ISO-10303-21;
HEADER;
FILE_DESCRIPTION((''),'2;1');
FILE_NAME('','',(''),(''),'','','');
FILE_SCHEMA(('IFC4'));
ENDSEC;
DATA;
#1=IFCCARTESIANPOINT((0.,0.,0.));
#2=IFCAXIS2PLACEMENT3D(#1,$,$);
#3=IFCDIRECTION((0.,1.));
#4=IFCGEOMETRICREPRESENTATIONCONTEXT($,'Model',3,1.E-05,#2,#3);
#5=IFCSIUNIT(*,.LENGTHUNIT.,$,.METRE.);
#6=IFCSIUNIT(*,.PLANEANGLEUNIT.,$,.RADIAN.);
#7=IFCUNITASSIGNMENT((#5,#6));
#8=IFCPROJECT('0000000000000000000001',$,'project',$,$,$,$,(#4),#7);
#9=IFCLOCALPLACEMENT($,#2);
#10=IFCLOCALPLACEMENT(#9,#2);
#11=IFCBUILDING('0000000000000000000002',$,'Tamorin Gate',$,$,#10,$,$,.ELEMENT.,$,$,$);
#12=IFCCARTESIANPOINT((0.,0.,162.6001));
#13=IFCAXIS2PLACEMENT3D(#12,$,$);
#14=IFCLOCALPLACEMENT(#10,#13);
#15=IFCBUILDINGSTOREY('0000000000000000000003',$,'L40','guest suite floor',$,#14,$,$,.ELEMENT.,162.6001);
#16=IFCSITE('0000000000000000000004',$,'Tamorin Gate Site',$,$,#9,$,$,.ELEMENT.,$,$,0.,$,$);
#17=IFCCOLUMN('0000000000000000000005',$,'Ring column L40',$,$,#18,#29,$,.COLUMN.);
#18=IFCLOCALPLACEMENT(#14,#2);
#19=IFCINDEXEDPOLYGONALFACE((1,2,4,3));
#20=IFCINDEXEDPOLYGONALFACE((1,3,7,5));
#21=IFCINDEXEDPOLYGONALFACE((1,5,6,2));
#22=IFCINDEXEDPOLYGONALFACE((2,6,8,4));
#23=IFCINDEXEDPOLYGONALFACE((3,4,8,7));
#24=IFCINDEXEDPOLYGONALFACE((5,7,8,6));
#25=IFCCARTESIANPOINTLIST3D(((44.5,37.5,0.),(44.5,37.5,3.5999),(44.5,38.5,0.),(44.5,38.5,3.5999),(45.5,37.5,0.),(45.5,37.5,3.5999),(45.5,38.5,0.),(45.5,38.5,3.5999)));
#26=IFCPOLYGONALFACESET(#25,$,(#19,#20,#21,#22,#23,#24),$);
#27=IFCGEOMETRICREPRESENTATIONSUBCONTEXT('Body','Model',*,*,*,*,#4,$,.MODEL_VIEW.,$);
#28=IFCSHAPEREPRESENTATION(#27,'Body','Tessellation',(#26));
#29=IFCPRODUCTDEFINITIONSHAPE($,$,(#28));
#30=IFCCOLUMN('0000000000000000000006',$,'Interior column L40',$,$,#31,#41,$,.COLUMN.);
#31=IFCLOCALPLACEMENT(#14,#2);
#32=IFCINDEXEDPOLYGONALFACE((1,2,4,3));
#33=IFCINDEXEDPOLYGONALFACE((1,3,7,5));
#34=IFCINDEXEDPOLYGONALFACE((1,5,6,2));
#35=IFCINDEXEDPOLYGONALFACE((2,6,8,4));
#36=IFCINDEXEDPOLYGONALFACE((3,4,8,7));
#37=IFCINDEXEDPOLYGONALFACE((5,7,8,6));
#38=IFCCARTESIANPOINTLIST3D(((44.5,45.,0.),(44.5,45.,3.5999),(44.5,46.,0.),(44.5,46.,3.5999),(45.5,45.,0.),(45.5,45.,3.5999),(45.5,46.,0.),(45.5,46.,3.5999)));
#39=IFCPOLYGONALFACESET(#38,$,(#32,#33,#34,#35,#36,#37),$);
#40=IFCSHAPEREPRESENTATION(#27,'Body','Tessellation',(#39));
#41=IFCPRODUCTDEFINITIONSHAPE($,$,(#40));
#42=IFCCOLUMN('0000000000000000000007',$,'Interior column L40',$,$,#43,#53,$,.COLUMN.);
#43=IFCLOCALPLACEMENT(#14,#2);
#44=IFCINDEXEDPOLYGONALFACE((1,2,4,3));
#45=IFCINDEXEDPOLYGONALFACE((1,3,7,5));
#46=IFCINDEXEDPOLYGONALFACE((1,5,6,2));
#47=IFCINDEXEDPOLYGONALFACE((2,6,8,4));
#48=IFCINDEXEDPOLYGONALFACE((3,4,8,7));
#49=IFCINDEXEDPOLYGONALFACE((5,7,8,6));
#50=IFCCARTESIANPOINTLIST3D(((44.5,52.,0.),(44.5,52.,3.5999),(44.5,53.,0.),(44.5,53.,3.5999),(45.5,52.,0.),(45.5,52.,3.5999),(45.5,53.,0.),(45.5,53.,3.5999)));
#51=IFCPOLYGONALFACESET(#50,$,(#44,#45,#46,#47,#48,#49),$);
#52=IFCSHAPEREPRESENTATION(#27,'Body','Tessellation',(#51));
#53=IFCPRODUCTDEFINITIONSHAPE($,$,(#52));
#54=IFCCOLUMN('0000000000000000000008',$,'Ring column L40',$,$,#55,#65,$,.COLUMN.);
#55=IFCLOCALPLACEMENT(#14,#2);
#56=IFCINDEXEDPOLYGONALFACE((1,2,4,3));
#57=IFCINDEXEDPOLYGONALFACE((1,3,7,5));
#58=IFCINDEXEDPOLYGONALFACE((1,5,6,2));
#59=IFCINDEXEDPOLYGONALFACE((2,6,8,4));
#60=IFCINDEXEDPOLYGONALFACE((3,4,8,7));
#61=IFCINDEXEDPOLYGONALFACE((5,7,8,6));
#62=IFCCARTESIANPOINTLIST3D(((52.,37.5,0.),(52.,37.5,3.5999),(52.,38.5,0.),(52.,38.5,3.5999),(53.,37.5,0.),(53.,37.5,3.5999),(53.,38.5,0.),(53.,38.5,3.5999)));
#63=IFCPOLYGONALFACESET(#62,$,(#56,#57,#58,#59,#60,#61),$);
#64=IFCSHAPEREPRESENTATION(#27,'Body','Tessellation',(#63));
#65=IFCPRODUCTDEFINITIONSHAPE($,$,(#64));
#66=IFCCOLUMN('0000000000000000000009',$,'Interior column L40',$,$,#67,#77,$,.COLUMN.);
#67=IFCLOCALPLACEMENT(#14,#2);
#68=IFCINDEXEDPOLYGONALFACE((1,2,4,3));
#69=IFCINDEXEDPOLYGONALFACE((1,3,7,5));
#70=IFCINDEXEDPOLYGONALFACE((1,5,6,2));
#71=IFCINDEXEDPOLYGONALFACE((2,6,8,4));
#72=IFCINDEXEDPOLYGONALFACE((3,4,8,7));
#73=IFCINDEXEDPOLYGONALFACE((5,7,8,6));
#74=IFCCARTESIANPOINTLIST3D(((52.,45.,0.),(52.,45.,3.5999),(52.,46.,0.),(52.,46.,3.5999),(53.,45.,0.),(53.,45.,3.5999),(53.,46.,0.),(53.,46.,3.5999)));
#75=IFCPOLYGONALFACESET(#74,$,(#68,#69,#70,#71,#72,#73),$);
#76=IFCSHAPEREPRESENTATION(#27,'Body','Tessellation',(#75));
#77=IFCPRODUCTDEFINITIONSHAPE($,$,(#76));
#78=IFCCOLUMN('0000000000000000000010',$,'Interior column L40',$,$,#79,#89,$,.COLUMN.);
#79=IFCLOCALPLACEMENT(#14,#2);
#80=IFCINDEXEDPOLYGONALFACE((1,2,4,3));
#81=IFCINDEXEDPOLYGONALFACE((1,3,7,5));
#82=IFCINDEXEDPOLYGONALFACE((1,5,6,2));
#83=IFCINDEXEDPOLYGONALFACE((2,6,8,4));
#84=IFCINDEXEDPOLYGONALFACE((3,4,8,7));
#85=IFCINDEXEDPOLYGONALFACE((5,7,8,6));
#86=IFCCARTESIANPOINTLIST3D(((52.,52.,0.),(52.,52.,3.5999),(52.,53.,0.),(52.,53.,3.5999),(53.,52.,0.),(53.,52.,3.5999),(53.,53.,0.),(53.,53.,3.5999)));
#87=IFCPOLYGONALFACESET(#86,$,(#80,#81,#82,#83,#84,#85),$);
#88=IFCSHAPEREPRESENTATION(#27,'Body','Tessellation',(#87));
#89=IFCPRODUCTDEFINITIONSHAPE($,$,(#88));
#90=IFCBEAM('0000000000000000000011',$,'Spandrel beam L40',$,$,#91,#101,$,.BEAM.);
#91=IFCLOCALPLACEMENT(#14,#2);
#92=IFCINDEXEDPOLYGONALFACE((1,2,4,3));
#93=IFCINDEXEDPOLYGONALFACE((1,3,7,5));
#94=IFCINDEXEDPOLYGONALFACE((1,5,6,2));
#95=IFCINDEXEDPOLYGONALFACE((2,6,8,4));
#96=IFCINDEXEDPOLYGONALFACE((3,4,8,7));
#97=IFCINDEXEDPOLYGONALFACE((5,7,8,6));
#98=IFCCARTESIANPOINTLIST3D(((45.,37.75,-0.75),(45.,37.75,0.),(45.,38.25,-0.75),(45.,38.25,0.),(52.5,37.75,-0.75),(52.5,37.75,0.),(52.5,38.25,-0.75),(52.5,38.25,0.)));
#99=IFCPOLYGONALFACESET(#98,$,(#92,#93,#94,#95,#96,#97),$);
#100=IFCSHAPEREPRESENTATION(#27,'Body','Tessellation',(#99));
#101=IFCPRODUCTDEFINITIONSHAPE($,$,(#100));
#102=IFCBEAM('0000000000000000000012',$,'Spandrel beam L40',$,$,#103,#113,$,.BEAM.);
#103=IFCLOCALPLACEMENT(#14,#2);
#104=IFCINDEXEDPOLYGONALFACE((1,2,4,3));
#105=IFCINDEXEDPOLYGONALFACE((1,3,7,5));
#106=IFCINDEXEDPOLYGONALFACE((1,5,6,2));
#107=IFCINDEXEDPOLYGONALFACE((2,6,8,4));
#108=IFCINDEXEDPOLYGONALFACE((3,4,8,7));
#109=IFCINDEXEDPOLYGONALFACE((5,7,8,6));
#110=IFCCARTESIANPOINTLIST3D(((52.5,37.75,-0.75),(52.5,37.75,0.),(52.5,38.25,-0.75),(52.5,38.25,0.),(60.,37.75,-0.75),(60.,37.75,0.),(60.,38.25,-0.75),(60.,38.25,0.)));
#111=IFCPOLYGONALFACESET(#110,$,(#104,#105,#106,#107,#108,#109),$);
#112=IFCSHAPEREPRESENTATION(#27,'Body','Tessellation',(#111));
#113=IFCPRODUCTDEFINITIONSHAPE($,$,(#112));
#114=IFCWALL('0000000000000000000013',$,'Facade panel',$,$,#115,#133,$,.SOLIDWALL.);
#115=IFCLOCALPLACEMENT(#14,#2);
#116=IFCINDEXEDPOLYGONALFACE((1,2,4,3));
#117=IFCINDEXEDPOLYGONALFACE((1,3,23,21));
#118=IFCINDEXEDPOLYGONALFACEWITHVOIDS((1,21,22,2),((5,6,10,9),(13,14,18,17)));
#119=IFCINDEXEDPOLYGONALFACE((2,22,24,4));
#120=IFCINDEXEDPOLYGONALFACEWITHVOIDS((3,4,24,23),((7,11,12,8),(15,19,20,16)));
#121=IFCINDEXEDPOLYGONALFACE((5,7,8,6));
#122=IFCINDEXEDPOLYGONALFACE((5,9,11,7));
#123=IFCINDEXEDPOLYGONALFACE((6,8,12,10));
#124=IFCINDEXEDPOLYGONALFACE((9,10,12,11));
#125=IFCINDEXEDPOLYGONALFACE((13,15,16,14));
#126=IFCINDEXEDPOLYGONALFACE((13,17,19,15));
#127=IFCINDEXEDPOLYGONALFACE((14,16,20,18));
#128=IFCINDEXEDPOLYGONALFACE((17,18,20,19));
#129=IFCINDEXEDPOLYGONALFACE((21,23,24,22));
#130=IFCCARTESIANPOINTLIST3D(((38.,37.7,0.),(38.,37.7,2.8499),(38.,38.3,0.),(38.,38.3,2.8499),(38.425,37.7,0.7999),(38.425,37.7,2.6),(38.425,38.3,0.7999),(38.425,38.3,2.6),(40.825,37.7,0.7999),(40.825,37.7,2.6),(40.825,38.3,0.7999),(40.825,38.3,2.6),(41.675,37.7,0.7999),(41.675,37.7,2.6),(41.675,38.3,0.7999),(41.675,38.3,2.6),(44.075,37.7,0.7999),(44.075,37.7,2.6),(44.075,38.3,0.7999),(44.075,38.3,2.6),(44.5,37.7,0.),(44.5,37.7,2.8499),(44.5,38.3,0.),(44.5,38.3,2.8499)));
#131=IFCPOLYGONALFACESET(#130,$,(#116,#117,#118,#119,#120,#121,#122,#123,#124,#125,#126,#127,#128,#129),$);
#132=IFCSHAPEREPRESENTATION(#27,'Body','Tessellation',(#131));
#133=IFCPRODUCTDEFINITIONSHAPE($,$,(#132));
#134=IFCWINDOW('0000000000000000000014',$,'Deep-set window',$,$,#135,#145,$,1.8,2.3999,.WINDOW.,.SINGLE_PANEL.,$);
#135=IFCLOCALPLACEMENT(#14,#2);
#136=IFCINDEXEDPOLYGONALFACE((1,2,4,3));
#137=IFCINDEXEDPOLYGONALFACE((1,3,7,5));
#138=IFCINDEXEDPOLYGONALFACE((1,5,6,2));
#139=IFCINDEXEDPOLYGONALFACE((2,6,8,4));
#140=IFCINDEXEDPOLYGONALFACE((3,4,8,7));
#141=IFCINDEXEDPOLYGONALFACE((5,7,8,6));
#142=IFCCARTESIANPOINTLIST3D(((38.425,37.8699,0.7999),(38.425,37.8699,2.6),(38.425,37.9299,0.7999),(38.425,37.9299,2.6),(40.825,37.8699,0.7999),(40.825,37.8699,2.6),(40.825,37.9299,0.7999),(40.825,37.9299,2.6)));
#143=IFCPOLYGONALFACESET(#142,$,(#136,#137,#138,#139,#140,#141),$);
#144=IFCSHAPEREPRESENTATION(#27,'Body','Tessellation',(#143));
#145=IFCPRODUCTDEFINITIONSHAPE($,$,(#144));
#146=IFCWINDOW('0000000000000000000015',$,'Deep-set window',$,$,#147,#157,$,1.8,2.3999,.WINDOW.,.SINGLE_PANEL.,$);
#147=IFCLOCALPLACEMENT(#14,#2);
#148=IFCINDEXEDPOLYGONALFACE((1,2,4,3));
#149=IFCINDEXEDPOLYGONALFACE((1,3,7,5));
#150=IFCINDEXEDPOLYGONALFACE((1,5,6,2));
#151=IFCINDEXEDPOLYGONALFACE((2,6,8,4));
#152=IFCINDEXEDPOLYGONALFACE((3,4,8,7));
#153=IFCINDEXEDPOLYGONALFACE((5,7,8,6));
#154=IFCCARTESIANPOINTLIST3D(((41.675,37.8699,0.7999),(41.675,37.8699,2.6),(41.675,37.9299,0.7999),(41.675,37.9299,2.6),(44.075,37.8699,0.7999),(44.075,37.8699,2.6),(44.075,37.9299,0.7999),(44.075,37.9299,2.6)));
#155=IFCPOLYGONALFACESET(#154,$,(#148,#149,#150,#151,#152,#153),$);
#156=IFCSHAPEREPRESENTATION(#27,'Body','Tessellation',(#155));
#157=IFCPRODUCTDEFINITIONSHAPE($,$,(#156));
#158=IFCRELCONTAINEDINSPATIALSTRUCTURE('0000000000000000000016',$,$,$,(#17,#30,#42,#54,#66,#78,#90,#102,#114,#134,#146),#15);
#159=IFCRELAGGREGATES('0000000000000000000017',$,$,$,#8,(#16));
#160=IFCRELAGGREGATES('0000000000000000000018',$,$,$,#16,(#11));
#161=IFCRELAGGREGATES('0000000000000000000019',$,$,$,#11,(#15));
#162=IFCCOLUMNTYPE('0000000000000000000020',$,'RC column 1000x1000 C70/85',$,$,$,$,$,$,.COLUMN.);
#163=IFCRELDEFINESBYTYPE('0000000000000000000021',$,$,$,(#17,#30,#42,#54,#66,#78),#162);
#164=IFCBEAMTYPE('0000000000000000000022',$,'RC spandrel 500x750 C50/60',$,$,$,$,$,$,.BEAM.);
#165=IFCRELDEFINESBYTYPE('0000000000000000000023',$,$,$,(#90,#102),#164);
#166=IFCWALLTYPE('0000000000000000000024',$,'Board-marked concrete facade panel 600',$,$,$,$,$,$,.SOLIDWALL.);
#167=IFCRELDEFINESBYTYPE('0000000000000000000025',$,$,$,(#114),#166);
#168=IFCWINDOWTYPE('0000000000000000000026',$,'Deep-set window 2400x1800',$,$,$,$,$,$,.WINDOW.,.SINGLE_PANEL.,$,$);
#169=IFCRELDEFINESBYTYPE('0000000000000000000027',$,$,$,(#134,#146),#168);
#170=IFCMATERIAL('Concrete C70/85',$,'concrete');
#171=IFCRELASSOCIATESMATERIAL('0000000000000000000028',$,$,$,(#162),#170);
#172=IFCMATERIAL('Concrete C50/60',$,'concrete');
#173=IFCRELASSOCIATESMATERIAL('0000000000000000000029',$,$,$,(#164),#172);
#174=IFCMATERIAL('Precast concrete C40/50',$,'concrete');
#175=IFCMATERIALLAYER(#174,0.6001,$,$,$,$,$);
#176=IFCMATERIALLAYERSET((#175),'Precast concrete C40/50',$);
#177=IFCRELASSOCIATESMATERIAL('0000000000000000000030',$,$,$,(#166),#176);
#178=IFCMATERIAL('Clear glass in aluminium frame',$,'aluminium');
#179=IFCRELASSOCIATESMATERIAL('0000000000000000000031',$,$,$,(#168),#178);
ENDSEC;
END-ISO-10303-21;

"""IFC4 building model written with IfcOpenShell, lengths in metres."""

from ifc_helpers import new_model, si_unit, direction, frame, frame_2d, origin, origin_2d, place, context, subcontext, project, spatial, rectangle, extrude, material, layer, layer_set, material_profile, profile_set, type_object, element, fill, save


model = new_model("IFC4")

# Units and contexts
model_context = context("Model", 3, precision=1e-05, world=origin(), true_north=direction((0.0, 1.0)))
body_context = subcontext(model_context, "Body", "Model", "MODEL_VIEW")
ifc_project = project(units=[si_unit("LENGTHUNIT", "METRE"), si_unit("PLANEANGLEUNIT", "RADIAN")], contexts=[model_context])

# Site, building, storey
site_placement = place(None, origin())
site = spatial("IfcSite", under=ifc_project, at=site_placement, Name="Tamorin Gate Site", CompositionType="ELEMENT", RefElevation=0.0)
building_placement = place(site_placement, origin())
building = spatial("IfcBuilding", under=site, at=building_placement, Name="Tamorin Gate", CompositionType="ELEMENT")
storey_placement = place(building_placement, frame((0.0, 0.0, 162.6001)))
storey = spatial("IfcBuildingStorey", under=building, at=storey_placement, Name="L40", Description="guest suite floor", CompositionType="ELEMENT", Elevation=162.6001)

# Columns
ifc_material_1 = material(Name="Concrete C70/85", Category="concrete")
ifc_material_profile_1 = material_profile(ifc_material_1, rectangle(XDim=1.0, YDim=1.0, at=origin_2d()), Name="RC 1000x1000")
ifc_profile_set_1 = profile_set([ifc_material_profile_1], Name="Concrete C70/85")
column_type = type_object("IfcColumnType", Name="RC column 1000x1000 C70/85", PredefinedType="COLUMN", material=ifc_profile_set_1)
for number, where, z_axis, x_axis, name in (
    (1, (45.0, 38.0, 0.0), (0.0, 0.0, 1.0), (1.0, 0.0, 0.0), "Ring column L40"),
    (2, (45.0, 45.5, 0.0), (0.0, 0.0, 1.0), (1.0, 0.0, 0.0), "Interior column L40"),
    (3, (45.0, 52.5, 0.0), (0.0, 0.0, 1.0), (1.0, 0.0, 0.0), "Interior column L40"),
    (4, (52.5, 38.0, 0.0), (0.0, 0.0, 1.0), (1.0, 0.0, 0.0), "Ring column L40"),
    (5, (52.5, 45.5, 0.0), (0.0, 0.0, 1.0), (1.0, 0.0, 0.0), "Interior column L40"),
    (6, (52.5, 52.5, 0.0), (0.0, 0.0, 1.0), (1.0, 0.0, 0.0), "Interior column L40"),
):
    element("IfcColumn", number, at=place(storey_placement, frame(where, z_axis=z_axis, x_axis=x_axis)), inside=storey, type_object=column_type, Name=name, PredefinedType="COLUMN", context=body_context, shape_type="SweptSolid", body=[
        extrude(rectangle(XDim=1.0, YDim=1.0, at=origin_2d()), origin(), (0.0, 0.0, 1.0), 3.5999),
    ])

# Beams
ifc_material_2 = material(Name="Concrete C50/60", Category="concrete")
ifc_material_profile_2 = material_profile(ifc_material_2, rectangle(XDim=0.5, YDim=0.75, at=origin_2d()), Name="RC 500x750")
ifc_profile_set_2 = profile_set([ifc_material_profile_2], Name="Concrete C50/60")
beam_type = type_object("IfcBeamType", Name="RC spandrel 500x750 C50/60", PredefinedType="BEAM", material=ifc_profile_set_2)
for number, where, z_axis, x_axis, name in (
    (7, (45.0, 38.0, -0.375), (1.0, 0.0, 0.0), (0.0, 1.0, 0.0), "Spandrel beam L40"),
    (8, (52.5, 38.0, -0.375), (1.0, 0.0, 0.0), (0.0, 1.0, 0.0), "Spandrel beam L40"),
):
    element("IfcBeam", number, at=place(storey_placement, frame(where, z_axis=z_axis, x_axis=x_axis)), inside=storey, type_object=beam_type, Name=name, PredefinedType="BEAM", context=body_context, shape_type="SweptSolid", body=[
        extrude(rectangle(XDim=0.5, YDim=0.75, at=origin_2d()), origin(), (0.0, 0.0, 1.0), 7.5),
    ])

# Wall, openings, windows
ifc_material_3 = material(Name="Precast concrete C40/50", Category="concrete")
ifc_layer_1 = layer(ifc_material_3, 0.6001)
ifc_layer_set_1 = layer_set([ifc_layer_1], Name="Precast concrete C40/50")
wall_type_1 = type_object("IfcWallType", Name="Board-marked concrete facade panel 600", PredefinedType="SOLIDWALL", material=ifc_layer_set_1)
wall_1_placement = place(storey_placement, frame((38.0, 38.0, 0.0), z_axis=(0.0, 0.0, 1.0), x_axis=(1.0, 0.0, 0.0)))
wall_1 = element("IfcWall", 9, at=wall_1_placement, inside=storey, type_object=wall_type_1, Name="Facade panel", PredefinedType="SOLIDWALL", context=body_context, shape_type="SweptSolid", body=[
    extrude(rectangle(XDim=6.5, YDim=0.6001, at=frame_2d((3.25, 0.0))), origin(), (0.0, 0.0, 1.0), 2.8499),
])
opening_1_placement = place(wall_1_placement, frame((0.425, 0.0, 0.8)))
opening_1 = element("IfcOpeningElement", 10, at=opening_1_placement, cuts=wall_1, PredefinedType="OPENING", context=body_context, shape_type="SweptSolid", body=[
    extrude(rectangle(XDim=2.3999, YDim=1.8, at=frame_2d((1.2, 0.8999))), frame((0.0, 0.3101, 0.0), z_axis=(0.0, -1.0, 0.0), x_axis=(1.0, 0.0, 0.0)), (0.0, 0.0, 1.0), 0.6201),
])
opening_2_placement = place(wall_1_placement, frame((3.675, 0.0, 0.8)))
opening_2 = element("IfcOpeningElement", 11, at=opening_2_placement, cuts=wall_1, PredefinedType="OPENING", context=body_context, shape_type="SweptSolid", body=[
    extrude(rectangle(XDim=2.3999, YDim=1.8, at=frame_2d((1.2, 0.8999))), frame((0.0, 0.3101, 0.0), z_axis=(0.0, -1.0, 0.0), x_axis=(1.0, 0.0, 0.0)), (0.0, 0.0, 1.0), 0.6201),
])
ifc_material_4 = material(Name="Clear glass in aluminium frame", Category="aluminium")
window_type = type_object("IfcWindowType", Name="Deep-set window 2400x1800", PartitioningType="SINGLE_PANEL", PredefinedType="WINDOW", material=ifc_material_4)
window_1_placement = place(opening_1_placement, origin())
window_1 = element("IfcWindow", 12, at=window_1_placement, inside=storey, type_object=window_type, Name="Deep-set window", OverallHeight=1.8, OverallWidth=2.3999, PartitioningType="SINGLE_PANEL", PredefinedType="WINDOW", context=body_context, shape_type="SweptSolid", body=[
    extrude(rectangle(XDim=2.3999, YDim=1.8, at=frame_2d((1.2, 0.8999))), frame((0.0, -0.0701, 0.0), z_axis=(0.0, -1.0, 0.0), x_axis=(1.0, 0.0, 0.0)), (0.0, 0.0, 1.0), 0.0601),
])
fill(opening_1, window_1)
window_2_placement = place(opening_2_placement, origin())
window_2 = element("IfcWindow", 13, at=window_2_placement, inside=storey, type_object=window_type, Name="Deep-set window", OverallHeight=1.8, OverallWidth=2.3999, PartitioningType="SINGLE_PANEL", PredefinedType="WINDOW", context=body_context, shape_type="SweptSolid", body=[
    extrude(rectangle(XDim=2.3999, YDim=1.8, at=frame_2d((1.2, 0.8999))), frame((0.0, -0.0701, 0.0), z_axis=(0.0, -1.0, 0.0), x_axis=(1.0, 0.0, 0.0)), (0.0, 0.0, 1.0), 0.0601),
])
fill(opening_2, window_2)

save(model, "model.ifc")
